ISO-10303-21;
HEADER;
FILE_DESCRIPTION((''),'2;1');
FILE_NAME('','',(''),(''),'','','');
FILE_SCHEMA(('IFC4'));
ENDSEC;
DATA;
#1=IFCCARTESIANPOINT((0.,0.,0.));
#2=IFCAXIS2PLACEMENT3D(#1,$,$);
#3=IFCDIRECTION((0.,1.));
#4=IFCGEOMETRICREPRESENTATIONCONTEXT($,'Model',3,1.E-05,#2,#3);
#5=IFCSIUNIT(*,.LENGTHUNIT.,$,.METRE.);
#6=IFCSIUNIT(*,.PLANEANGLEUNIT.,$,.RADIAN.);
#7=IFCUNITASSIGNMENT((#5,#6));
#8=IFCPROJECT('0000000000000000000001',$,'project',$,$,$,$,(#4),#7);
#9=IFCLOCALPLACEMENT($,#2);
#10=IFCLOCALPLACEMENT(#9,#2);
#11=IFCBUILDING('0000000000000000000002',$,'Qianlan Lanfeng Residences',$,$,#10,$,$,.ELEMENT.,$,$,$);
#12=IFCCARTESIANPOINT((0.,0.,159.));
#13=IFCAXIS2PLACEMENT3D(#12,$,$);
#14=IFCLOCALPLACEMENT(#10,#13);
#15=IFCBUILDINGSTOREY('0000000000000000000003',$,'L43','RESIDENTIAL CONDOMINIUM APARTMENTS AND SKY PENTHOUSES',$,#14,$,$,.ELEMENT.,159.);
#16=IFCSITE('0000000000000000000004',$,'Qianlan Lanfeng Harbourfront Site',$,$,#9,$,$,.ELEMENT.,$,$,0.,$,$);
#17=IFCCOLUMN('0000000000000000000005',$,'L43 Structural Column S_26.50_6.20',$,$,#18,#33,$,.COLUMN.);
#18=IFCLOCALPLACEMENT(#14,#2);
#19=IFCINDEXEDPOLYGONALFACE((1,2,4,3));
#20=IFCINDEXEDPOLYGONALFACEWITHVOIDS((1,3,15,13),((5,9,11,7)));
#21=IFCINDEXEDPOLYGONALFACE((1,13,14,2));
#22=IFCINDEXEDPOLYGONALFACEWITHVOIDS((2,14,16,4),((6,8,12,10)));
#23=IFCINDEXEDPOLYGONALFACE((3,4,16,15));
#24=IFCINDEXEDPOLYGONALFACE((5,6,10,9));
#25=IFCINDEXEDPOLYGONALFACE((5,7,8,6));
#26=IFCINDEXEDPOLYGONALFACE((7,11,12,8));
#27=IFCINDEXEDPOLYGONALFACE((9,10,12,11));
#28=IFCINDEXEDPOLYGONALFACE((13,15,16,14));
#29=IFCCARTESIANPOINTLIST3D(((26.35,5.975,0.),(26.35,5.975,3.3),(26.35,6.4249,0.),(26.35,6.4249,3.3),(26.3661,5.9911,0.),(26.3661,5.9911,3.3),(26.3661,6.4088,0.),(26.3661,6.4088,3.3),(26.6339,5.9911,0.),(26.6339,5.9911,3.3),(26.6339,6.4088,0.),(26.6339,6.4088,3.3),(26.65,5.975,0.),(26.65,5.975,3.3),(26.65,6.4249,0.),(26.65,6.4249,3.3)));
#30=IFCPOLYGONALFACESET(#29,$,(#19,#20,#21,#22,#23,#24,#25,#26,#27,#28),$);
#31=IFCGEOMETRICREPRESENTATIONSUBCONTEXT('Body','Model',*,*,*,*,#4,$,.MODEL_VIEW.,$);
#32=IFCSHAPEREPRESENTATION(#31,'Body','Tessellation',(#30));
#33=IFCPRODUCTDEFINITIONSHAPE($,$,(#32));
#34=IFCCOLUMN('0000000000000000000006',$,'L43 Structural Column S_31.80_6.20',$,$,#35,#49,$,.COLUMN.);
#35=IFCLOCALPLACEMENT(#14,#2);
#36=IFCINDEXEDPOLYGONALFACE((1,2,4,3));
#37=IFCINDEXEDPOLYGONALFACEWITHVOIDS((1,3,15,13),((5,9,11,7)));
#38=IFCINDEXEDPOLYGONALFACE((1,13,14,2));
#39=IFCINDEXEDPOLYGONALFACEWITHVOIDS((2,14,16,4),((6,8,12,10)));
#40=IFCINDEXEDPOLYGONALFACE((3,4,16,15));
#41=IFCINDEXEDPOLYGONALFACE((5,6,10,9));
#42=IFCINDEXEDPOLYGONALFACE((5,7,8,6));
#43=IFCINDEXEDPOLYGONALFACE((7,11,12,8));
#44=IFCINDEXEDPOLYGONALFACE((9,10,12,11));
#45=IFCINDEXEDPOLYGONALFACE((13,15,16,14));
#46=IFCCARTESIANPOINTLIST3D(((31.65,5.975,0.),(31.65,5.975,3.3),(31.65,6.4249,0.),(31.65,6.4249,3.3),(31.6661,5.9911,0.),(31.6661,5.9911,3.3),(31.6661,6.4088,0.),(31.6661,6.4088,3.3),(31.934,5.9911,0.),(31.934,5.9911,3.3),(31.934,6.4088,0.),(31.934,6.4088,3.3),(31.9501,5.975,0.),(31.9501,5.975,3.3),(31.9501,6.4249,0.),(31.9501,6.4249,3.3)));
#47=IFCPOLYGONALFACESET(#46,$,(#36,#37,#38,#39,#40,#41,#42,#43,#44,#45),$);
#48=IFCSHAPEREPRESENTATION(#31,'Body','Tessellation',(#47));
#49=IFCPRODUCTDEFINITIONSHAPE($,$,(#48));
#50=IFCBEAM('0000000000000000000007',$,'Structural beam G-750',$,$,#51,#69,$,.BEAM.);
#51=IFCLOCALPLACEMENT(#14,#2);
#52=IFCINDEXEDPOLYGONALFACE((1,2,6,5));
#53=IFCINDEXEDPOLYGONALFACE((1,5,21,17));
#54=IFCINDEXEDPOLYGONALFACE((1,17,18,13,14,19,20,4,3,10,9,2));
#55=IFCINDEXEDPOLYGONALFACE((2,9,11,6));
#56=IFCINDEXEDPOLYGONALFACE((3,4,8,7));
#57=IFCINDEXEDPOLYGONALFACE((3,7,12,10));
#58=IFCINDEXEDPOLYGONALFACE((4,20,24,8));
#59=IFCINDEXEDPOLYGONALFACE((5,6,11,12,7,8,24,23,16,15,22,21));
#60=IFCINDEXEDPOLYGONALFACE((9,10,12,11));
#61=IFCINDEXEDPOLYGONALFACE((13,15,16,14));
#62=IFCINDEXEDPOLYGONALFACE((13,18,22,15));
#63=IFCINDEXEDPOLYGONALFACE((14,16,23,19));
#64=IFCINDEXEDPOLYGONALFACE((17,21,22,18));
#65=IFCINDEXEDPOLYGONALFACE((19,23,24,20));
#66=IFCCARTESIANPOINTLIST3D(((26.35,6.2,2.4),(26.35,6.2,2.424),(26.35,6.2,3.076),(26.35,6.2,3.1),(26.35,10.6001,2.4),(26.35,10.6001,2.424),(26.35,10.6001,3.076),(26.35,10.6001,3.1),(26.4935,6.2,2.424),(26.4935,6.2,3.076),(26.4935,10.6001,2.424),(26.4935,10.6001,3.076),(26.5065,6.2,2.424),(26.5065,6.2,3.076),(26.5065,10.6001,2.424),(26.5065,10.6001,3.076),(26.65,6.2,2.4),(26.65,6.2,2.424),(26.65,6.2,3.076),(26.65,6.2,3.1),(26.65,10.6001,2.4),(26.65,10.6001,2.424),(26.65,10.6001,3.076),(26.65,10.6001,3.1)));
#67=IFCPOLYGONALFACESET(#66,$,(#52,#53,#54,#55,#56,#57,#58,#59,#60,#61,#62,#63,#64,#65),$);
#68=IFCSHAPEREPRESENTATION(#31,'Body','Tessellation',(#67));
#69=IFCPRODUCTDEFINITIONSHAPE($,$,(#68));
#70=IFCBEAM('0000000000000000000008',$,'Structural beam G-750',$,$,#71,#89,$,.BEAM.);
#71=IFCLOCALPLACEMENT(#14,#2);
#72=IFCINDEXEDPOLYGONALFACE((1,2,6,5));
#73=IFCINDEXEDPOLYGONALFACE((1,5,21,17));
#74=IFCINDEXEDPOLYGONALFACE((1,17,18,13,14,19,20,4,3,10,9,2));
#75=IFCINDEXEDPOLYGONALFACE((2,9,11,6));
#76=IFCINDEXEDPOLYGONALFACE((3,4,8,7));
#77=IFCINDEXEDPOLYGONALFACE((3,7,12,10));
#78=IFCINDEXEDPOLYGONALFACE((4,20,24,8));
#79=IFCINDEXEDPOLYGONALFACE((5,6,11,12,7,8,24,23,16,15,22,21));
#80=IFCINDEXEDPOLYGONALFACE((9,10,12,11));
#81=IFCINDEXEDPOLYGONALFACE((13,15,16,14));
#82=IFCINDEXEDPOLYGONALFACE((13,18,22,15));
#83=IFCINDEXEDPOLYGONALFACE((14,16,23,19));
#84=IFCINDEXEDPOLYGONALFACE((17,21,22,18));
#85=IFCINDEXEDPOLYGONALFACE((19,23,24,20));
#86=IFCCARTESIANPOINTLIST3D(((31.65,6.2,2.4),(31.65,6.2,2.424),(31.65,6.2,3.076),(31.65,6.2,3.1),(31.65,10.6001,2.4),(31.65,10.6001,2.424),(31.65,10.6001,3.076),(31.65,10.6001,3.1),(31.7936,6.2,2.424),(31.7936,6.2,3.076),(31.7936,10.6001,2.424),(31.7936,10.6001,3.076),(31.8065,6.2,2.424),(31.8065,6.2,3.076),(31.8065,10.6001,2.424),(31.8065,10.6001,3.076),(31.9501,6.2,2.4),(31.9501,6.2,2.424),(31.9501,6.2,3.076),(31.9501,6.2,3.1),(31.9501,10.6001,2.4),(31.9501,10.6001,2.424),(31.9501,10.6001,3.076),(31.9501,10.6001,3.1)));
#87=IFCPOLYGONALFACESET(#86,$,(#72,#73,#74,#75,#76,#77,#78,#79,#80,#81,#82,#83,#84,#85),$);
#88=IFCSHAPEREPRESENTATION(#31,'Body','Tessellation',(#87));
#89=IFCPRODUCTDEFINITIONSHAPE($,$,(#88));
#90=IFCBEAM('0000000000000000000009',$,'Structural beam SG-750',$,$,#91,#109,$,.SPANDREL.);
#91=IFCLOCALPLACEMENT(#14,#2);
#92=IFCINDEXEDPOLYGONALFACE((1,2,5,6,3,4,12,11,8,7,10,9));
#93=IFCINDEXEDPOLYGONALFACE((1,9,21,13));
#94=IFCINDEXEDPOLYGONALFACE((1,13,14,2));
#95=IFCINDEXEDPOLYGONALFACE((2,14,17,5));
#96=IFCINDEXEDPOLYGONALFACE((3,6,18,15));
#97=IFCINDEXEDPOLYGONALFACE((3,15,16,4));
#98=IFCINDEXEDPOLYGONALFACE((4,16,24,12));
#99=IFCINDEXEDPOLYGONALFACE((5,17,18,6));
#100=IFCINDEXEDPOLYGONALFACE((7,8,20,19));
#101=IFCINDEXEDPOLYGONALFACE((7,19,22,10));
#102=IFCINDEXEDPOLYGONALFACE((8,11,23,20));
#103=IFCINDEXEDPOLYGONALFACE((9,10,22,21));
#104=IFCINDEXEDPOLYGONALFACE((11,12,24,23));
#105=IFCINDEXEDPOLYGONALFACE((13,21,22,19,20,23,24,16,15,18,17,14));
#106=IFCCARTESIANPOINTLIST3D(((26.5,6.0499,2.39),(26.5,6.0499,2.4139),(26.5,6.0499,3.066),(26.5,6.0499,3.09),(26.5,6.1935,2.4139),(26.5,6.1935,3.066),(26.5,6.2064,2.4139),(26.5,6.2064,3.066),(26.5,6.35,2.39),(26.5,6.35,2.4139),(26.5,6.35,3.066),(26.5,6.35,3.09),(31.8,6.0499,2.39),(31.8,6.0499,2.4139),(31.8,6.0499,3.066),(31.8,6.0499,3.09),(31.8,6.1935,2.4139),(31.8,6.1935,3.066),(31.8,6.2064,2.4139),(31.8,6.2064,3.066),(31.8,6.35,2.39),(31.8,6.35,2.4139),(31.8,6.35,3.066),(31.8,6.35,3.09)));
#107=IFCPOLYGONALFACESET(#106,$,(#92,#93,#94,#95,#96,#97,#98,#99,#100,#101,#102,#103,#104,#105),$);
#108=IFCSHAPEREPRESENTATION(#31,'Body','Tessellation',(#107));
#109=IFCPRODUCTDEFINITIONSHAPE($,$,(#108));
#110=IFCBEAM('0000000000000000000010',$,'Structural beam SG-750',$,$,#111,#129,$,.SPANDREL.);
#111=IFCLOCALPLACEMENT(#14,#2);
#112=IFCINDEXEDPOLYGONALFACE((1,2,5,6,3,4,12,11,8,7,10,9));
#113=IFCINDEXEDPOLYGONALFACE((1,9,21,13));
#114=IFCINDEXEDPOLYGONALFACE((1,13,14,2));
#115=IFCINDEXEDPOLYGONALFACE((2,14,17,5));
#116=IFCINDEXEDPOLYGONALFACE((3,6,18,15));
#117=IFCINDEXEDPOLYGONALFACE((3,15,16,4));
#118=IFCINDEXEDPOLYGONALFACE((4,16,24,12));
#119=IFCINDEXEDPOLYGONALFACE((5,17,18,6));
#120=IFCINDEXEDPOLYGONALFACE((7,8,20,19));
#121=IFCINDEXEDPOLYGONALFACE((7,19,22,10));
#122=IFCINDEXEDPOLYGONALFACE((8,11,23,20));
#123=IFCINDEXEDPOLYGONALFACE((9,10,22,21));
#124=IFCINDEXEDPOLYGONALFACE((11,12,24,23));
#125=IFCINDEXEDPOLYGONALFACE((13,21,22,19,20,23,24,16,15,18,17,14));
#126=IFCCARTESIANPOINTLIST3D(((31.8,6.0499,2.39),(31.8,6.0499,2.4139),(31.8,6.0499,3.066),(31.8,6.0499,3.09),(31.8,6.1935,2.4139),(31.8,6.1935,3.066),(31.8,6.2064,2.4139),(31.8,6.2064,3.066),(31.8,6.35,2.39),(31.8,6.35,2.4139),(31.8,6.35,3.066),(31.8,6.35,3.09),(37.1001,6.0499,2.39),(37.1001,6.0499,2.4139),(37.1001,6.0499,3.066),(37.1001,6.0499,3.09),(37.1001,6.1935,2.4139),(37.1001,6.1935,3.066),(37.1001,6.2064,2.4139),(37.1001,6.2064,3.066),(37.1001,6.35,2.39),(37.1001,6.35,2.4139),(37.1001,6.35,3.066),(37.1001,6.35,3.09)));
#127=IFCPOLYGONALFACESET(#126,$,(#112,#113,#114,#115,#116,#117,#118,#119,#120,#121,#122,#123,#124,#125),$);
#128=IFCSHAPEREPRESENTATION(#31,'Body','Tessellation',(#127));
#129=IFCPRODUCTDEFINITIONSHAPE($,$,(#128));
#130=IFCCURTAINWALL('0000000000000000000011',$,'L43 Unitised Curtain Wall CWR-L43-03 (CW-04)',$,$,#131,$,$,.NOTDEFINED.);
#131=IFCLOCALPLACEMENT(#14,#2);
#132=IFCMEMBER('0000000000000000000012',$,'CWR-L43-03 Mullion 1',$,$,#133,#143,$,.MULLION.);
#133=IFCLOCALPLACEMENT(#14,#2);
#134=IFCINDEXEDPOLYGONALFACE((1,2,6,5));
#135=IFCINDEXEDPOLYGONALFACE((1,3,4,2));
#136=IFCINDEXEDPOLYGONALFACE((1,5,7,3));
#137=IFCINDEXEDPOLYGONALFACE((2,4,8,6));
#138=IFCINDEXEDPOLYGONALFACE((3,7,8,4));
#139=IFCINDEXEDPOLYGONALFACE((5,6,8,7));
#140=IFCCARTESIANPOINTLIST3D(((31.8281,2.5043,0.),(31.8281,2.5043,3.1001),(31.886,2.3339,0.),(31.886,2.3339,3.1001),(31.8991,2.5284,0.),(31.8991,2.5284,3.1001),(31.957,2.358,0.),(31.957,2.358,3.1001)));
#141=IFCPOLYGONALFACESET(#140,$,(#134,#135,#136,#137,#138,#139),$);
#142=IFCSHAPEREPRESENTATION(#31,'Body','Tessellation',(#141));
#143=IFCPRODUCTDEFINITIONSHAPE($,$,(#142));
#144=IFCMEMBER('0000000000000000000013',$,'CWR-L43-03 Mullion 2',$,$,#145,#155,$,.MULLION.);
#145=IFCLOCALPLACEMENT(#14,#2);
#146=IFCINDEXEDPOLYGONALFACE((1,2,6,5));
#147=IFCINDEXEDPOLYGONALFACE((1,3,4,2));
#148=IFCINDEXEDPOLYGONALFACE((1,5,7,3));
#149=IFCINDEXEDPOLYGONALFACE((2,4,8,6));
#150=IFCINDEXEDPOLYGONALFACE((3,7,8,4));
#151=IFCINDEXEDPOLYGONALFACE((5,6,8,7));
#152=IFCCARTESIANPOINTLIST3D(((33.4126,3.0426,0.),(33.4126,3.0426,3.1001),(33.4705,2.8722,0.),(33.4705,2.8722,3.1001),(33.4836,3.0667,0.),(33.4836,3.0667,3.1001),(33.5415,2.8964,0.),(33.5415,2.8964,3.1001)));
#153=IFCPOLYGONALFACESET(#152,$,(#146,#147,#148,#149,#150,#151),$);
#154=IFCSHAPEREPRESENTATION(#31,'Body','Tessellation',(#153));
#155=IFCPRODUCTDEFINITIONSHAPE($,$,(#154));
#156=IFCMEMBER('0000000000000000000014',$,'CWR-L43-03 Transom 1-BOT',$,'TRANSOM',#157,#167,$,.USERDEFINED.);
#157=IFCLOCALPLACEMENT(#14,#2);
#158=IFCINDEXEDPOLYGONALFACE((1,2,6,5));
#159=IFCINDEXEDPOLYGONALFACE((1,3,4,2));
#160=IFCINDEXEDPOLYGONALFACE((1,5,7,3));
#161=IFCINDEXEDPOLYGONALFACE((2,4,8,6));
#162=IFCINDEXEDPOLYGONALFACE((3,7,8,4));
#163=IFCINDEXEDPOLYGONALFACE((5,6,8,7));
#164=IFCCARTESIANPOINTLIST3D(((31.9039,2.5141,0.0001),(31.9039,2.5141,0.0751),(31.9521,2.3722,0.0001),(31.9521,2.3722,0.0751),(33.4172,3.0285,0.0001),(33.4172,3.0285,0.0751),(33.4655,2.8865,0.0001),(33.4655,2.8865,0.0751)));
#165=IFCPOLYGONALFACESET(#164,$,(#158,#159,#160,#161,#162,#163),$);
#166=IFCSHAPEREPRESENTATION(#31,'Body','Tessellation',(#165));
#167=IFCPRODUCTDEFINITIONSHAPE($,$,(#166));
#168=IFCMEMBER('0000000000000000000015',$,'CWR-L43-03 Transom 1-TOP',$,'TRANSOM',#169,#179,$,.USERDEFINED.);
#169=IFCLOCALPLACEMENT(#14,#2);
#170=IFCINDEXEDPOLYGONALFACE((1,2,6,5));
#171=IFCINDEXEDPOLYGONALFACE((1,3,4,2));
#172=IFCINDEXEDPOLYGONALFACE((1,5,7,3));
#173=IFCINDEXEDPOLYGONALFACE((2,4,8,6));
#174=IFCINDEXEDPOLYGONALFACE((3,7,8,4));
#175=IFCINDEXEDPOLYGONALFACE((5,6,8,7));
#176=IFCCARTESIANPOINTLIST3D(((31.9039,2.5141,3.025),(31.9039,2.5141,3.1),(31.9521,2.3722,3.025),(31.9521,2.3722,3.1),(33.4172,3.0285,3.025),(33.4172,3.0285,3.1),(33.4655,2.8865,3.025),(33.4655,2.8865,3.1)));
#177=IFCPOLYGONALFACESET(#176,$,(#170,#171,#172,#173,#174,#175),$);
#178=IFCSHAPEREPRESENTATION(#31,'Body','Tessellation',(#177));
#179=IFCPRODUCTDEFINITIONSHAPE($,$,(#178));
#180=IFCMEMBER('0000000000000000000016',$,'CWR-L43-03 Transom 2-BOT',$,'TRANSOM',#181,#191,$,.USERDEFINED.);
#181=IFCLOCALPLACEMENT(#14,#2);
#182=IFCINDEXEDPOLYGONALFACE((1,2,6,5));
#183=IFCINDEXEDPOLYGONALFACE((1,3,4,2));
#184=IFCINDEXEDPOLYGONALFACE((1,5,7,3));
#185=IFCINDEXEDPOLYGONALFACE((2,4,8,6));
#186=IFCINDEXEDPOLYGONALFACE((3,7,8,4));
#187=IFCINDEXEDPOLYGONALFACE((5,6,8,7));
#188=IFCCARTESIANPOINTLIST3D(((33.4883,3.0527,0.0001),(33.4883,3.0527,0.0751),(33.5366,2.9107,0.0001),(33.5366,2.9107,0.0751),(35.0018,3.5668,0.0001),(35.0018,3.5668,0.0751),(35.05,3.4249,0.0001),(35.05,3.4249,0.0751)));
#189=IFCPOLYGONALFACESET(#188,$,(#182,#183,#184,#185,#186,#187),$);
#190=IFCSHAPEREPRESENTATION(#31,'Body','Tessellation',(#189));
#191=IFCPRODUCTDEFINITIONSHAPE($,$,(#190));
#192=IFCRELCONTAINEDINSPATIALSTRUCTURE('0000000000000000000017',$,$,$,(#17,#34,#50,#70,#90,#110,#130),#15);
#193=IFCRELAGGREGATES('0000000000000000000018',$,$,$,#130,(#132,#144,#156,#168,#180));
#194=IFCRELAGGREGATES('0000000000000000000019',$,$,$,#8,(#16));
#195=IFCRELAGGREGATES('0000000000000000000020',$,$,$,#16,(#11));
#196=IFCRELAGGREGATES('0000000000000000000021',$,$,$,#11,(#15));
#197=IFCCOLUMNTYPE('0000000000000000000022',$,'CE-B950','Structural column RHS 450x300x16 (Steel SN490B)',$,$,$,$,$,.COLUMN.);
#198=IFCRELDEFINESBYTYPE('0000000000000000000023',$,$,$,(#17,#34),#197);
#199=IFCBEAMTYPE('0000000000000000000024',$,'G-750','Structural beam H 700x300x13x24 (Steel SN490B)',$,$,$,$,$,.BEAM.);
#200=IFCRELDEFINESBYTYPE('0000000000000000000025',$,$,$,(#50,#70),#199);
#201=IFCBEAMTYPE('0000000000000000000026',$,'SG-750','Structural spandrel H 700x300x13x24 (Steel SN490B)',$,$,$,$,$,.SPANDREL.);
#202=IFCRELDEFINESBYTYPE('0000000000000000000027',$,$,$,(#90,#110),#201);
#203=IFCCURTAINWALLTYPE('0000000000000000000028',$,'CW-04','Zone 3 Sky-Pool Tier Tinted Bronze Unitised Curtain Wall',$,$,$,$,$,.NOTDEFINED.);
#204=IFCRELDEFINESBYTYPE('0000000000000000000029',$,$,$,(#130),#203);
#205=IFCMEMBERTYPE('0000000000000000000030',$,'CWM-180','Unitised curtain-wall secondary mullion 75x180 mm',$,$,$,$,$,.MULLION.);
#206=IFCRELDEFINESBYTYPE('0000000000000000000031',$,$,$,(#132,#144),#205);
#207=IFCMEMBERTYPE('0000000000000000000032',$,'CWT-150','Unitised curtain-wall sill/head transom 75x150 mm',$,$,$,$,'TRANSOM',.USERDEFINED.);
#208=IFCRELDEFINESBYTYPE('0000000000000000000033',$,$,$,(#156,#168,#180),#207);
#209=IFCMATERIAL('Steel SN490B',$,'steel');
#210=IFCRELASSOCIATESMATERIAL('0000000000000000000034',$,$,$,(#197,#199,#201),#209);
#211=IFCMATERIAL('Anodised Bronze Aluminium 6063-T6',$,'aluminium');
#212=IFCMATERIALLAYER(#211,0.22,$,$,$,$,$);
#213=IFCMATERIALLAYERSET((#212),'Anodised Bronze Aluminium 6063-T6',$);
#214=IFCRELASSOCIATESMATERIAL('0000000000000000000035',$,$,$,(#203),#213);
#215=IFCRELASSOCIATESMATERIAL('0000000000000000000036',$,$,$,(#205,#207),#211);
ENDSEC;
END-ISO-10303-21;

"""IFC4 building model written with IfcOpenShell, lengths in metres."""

from ifc_helpers import new_model, si_unit, direction, frame, origin, origin_2d, place, context, subcontext, project, spatial, rectangle, hollow_rectangle, i_section, extrude, source, transform, mapped, material, layer, layer_set, material_profile, profile_set, type_object, element, aggregate, save


model = new_model("IFC4")

# Units and contexts
model_context = context("Model", 3, precision=1e-05, world=origin(), true_north=direction((0.0, 1.0)))
body_context = subcontext(model_context, "Body", "Model", "MODEL_VIEW")
ifc_project = project(units=[si_unit("LENGTHUNIT", "METRE"), si_unit("PLANEANGLEUNIT", "RADIAN")], contexts=[model_context])

# Site, building, storey
site_placement = place(None, origin())
site = spatial("IfcSite", under=ifc_project, at=site_placement, Name="Qianlan Lanfeng Harbourfront Site", CompositionType="ELEMENT", RefElevation=0.0)
building_placement = place(site_placement, origin())
building = spatial("IfcBuilding", under=site, at=building_placement, Name="Qianlan Lanfeng Residences", CompositionType="ELEMENT")
storey_placement = place(building_placement, frame((0.0, 0.0, 159.0)))
storey = spatial("IfcBuildingStorey", under=building, at=storey_placement, Name="L43", Description="RESIDENTIAL CONDOMINIUM APARTMENTS AND SKY PENTHOUSES", CompositionType="ELEMENT", Elevation=159.0)

# Columns
ifc_material_1 = material(Name="Steel SN490B", Category="steel")
ifc_material_profile_1 = material_profile(ifc_material_1, hollow_rectangle(XDim=0.3, YDim=0.45, WallThickness=0.0161, at=origin_2d()), Name="RHS 450x300x16")
ifc_profile_set_1 = profile_set([ifc_material_profile_1], Name="Steel SN490B")
column_type = type_object("IfcColumnType", Name="CE-B950", Description="Structural column RHS 450x300x16 (Steel SN490B)", PredefinedType="COLUMN", material=ifc_profile_set_1)
for number, where, z_axis, x_axis, name in (
    (1, (26.5, 6.2, 0.0), (0.0, 0.0, 1.0), (1.0, 0.0, 0.0), "L43 Structural Column S_26.50_6.20"),
    (2, (31.8, 6.2, 0.0), (0.0, 0.0, 1.0), (1.0, 0.0, 0.0), "L43 Structural Column S_31.80_6.20"),
):
    element("IfcColumn", number, at=place(storey_placement, frame(where, z_axis=z_axis, x_axis=x_axis)), inside=storey, type_object=column_type, Name=name, PredefinedType="COLUMN", context=body_context, shape_type="SweptSolid", body=[
        extrude(hollow_rectangle(XDim=0.3, YDim=0.45, WallThickness=0.0161, at=origin_2d()), origin(), (0.0, 0.0, 1.0), 3.3),
    ])

# Beams
ifc_material_profile_2 = material_profile(ifc_material_1, i_section(OverallWidth=0.3, OverallDepth=0.7, WebThickness=0.0129, FlangeThickness=0.0239, at=origin_2d()), Name="H 700x300x13x24")
ifc_profile_set_2 = profile_set([ifc_material_profile_2], Name="Steel SN490B")
beam_type_1 = type_object("IfcBeamType", Name="G-750", Description="Structural beam H 700x300x13x24 (Steel SN490B)", PredefinedType="BEAM", material=ifc_profile_set_2)
for number, where, z_axis, x_axis, name in (
    (3, (26.5, 6.2, 2.75), (0.0, 1.0, 0.0), (-1.0, 0.0, 0.0), "Structural beam G-750"),
    (4, (31.8, 6.2, 2.75), (0.0, 1.0, 0.0), (-1.0, 0.0, 0.0), "Structural beam G-750"),
):
    element("IfcBeam", number, at=place(storey_placement, frame(where, z_axis=z_axis, x_axis=x_axis)), inside=storey, type_object=beam_type_1, Name=name, PredefinedType="BEAM", context=body_context, shape_type="SweptSolid", body=[
        extrude(i_section(OverallWidth=0.3, OverallDepth=0.7, WebThickness=0.0129, FlangeThickness=0.0239, at=origin_2d()), origin(), (0.0, 0.0, 1.0), 4.4001),
    ])
ifc_material_profile_3 = material_profile(ifc_material_1, i_section(OverallWidth=0.3, OverallDepth=0.7, WebThickness=0.0129, FlangeThickness=0.0239, at=origin_2d()), Name="H 700x300x13x24")
ifc_profile_set_3 = profile_set([ifc_material_profile_3], Name="Steel SN490B")
beam_type_2 = type_object("IfcBeamType", Name="SG-750", Description="Structural spandrel H 700x300x13x24 (Steel SN490B)", PredefinedType="SPANDREL", material=ifc_profile_set_3)
for number, where, z_axis, x_axis, name in (
    (5, (26.5, 6.2, 2.74), (1.0, 0.0, 0.0), (0.0, 1.0, 0.0), "Structural beam SG-750"),
    (6, (31.8, 6.2, 2.74), (1.0, 0.0, 0.0), (0.0, 1.0, 0.0), "Structural beam SG-750"),
):
    element("IfcBeam", number, at=place(storey_placement, frame(where, z_axis=z_axis, x_axis=x_axis)), inside=storey, type_object=beam_type_2, Name=name, PredefinedType="SPANDREL", context=body_context, shape_type="SweptSolid", body=[
        extrude(i_section(OverallWidth=0.3, OverallDepth=0.7, WebThickness=0.0129, FlangeThickness=0.0239, at=origin_2d()), origin(), (0.0, 0.0, 1.0), 5.3),
    ])

# Curtain wall, members
ifc_material_2 = material(Name="Anodised Bronze Aluminium 6063-T6", Category="aluminium")
ifc_layer_1 = layer(ifc_material_2, 0.22)
ifc_layer_set_1 = layer_set([ifc_layer_1], Name="Anodised Bronze Aluminium 6063-T6")
curtain_wall_type = type_object("IfcCurtainWallType", Name="CW-04", Description="Zone 3 Sky-Pool Tier Tinted Bronze Unitised Curtain Wall", PredefinedType="NOTDEFINED", material=ifc_layer_set_1)
curtain_wall_placement = place(storey_placement, origin())
curtain_wall = element("IfcCurtainWall", 7, at=curtain_wall_placement, inside=storey, type_object=curtain_wall_type, Name="L43 Unitised Curtain Wall CWR-L43-03 (CW-04)", PredefinedType="NOTDEFINED")
ifc_material_profile_4 = material_profile(ifc_material_2, rectangle(XDim=0.075, YDim=0.1799, at=origin_2d()), Name="ALU MULLION 75x180")
ifc_profile_set_4 = profile_set([ifc_material_profile_4], Name="Anodised Bronze Aluminium 6063-T6")
member_type_1 = type_object("IfcMemberType", Name="CWM-180", Description="Unitised curtain-wall secondary mullion 75x180 mm", PredefinedType="MULLION", material=ifc_profile_set_4)
shared_shape_1 = source(origin(), body_context, "Body", "SweptSolid", [
    extrude(rectangle(XDim=0.075, YDim=0.1799, at=origin_2d()), origin(), (0.0, 0.0, 1.0), 3.1001),
])
member_1_placement = place(storey_placement, frame((31.8926, 2.4312, 0.0), z_axis=(0.0, 0.0, 1.0), x_axis=(0.946826, 0.321745, 0.0)))
member_1 = element("IfcMember", 8, at=member_1_placement, type_object=member_type_1, Name="CWR-L43-03 Mullion 1", PredefinedType="MULLION", context=body_context, shape_type="MappedRepresentation", body=[
    mapped(shared_shape_1, transform((0.0, 0.0, 0.0), scale=1.0)),
])
member_2_placement = place(storey_placement, frame((33.4771, 2.9695, 0.0), z_axis=(0.0, 0.0, 1.0), x_axis=(0.946826, 0.321745, 0.0)))
member_2 = element("IfcMember", 9, at=member_2_placement, type_object=member_type_1, Name="CWR-L43-03 Mullion 2", PredefinedType="MULLION", context=body_context, shape_type="MappedRepresentation", body=[
    mapped(shared_shape_1, transform((0.0, 0.0, 0.0), scale=1.0)),
])
ifc_material_profile_5 = material_profile(ifc_material_2, rectangle(XDim=0.075, YDim=0.1499, at=origin_2d()), Name="ALU TRANSOM 75x150")
ifc_profile_set_5 = profile_set([ifc_material_profile_5], Name="Anodised Bronze Aluminium 6063-T6")
member_type_2 = type_object("IfcMemberType", Name="CWT-150", Description="Unitised curtain-wall sill/head transom 75x150 mm", ElementType="TRANSOM", PredefinedType="USERDEFINED", material=ifc_profile_set_5)
shared_shape_2 = source(origin(), body_context, "Body", "SweptSolid", [
    extrude(rectangle(XDim=0.075, YDim=0.1499, at=origin_2d()), origin(), (0.0, 0.0, 1.0), 1.5984),
])
member_3_placement = place(storey_placement, frame((31.928, 2.4431, 0.0376), z_axis=(0.946803, 0.321812, 0.0), x_axis=(0.0, 0.0, 1.0)))
member_3 = element("IfcMember", 10, at=member_3_placement, type_object=member_type_2, Name="CWR-L43-03 Transom 1-BOT", ObjectType="TRANSOM", PredefinedType="USERDEFINED", context=body_context, shape_type="MappedRepresentation", body=[
    mapped(shared_shape_2, transform((0.0, 0.0, 0.0), scale=1.0)),
])
member_4_placement = place(storey_placement, frame((31.928, 2.4431, 3.0625), z_axis=(0.946803, 0.321812, 0.0), x_axis=(0.0, 0.0, 1.0)))
member_4 = element("IfcMember", 11, at=member_4_placement, type_object=member_type_2, Name="CWR-L43-03 Transom 1-TOP", ObjectType="TRANSOM", PredefinedType="USERDEFINED", context=body_context, shape_type="MappedRepresentation", body=[
    mapped(shared_shape_2, transform((0.0, 0.0, 0.0), scale=1.0)),
])
member_5_placement = place(storey_placement, frame((33.5125, 2.9817, 0.0376), z_axis=(0.94685, 0.321675, 0.0), x_axis=(0.0, 0.0, 1.0)))
member_5 = element("IfcMember", 12, at=member_5_placement, type_object=member_type_2, Name="CWR-L43-03 Transom 2-BOT", ObjectType="TRANSOM", PredefinedType="USERDEFINED", context=body_context, shape_type="MappedRepresentation", body=[
    mapped(shared_shape_2, transform((0.0, 0.0, 0.0), scale=1.0)),
])
aggregate(curtain_wall, [member_1, member_2, member_3, member_4, member_5])

save(model, "model.ifc")
